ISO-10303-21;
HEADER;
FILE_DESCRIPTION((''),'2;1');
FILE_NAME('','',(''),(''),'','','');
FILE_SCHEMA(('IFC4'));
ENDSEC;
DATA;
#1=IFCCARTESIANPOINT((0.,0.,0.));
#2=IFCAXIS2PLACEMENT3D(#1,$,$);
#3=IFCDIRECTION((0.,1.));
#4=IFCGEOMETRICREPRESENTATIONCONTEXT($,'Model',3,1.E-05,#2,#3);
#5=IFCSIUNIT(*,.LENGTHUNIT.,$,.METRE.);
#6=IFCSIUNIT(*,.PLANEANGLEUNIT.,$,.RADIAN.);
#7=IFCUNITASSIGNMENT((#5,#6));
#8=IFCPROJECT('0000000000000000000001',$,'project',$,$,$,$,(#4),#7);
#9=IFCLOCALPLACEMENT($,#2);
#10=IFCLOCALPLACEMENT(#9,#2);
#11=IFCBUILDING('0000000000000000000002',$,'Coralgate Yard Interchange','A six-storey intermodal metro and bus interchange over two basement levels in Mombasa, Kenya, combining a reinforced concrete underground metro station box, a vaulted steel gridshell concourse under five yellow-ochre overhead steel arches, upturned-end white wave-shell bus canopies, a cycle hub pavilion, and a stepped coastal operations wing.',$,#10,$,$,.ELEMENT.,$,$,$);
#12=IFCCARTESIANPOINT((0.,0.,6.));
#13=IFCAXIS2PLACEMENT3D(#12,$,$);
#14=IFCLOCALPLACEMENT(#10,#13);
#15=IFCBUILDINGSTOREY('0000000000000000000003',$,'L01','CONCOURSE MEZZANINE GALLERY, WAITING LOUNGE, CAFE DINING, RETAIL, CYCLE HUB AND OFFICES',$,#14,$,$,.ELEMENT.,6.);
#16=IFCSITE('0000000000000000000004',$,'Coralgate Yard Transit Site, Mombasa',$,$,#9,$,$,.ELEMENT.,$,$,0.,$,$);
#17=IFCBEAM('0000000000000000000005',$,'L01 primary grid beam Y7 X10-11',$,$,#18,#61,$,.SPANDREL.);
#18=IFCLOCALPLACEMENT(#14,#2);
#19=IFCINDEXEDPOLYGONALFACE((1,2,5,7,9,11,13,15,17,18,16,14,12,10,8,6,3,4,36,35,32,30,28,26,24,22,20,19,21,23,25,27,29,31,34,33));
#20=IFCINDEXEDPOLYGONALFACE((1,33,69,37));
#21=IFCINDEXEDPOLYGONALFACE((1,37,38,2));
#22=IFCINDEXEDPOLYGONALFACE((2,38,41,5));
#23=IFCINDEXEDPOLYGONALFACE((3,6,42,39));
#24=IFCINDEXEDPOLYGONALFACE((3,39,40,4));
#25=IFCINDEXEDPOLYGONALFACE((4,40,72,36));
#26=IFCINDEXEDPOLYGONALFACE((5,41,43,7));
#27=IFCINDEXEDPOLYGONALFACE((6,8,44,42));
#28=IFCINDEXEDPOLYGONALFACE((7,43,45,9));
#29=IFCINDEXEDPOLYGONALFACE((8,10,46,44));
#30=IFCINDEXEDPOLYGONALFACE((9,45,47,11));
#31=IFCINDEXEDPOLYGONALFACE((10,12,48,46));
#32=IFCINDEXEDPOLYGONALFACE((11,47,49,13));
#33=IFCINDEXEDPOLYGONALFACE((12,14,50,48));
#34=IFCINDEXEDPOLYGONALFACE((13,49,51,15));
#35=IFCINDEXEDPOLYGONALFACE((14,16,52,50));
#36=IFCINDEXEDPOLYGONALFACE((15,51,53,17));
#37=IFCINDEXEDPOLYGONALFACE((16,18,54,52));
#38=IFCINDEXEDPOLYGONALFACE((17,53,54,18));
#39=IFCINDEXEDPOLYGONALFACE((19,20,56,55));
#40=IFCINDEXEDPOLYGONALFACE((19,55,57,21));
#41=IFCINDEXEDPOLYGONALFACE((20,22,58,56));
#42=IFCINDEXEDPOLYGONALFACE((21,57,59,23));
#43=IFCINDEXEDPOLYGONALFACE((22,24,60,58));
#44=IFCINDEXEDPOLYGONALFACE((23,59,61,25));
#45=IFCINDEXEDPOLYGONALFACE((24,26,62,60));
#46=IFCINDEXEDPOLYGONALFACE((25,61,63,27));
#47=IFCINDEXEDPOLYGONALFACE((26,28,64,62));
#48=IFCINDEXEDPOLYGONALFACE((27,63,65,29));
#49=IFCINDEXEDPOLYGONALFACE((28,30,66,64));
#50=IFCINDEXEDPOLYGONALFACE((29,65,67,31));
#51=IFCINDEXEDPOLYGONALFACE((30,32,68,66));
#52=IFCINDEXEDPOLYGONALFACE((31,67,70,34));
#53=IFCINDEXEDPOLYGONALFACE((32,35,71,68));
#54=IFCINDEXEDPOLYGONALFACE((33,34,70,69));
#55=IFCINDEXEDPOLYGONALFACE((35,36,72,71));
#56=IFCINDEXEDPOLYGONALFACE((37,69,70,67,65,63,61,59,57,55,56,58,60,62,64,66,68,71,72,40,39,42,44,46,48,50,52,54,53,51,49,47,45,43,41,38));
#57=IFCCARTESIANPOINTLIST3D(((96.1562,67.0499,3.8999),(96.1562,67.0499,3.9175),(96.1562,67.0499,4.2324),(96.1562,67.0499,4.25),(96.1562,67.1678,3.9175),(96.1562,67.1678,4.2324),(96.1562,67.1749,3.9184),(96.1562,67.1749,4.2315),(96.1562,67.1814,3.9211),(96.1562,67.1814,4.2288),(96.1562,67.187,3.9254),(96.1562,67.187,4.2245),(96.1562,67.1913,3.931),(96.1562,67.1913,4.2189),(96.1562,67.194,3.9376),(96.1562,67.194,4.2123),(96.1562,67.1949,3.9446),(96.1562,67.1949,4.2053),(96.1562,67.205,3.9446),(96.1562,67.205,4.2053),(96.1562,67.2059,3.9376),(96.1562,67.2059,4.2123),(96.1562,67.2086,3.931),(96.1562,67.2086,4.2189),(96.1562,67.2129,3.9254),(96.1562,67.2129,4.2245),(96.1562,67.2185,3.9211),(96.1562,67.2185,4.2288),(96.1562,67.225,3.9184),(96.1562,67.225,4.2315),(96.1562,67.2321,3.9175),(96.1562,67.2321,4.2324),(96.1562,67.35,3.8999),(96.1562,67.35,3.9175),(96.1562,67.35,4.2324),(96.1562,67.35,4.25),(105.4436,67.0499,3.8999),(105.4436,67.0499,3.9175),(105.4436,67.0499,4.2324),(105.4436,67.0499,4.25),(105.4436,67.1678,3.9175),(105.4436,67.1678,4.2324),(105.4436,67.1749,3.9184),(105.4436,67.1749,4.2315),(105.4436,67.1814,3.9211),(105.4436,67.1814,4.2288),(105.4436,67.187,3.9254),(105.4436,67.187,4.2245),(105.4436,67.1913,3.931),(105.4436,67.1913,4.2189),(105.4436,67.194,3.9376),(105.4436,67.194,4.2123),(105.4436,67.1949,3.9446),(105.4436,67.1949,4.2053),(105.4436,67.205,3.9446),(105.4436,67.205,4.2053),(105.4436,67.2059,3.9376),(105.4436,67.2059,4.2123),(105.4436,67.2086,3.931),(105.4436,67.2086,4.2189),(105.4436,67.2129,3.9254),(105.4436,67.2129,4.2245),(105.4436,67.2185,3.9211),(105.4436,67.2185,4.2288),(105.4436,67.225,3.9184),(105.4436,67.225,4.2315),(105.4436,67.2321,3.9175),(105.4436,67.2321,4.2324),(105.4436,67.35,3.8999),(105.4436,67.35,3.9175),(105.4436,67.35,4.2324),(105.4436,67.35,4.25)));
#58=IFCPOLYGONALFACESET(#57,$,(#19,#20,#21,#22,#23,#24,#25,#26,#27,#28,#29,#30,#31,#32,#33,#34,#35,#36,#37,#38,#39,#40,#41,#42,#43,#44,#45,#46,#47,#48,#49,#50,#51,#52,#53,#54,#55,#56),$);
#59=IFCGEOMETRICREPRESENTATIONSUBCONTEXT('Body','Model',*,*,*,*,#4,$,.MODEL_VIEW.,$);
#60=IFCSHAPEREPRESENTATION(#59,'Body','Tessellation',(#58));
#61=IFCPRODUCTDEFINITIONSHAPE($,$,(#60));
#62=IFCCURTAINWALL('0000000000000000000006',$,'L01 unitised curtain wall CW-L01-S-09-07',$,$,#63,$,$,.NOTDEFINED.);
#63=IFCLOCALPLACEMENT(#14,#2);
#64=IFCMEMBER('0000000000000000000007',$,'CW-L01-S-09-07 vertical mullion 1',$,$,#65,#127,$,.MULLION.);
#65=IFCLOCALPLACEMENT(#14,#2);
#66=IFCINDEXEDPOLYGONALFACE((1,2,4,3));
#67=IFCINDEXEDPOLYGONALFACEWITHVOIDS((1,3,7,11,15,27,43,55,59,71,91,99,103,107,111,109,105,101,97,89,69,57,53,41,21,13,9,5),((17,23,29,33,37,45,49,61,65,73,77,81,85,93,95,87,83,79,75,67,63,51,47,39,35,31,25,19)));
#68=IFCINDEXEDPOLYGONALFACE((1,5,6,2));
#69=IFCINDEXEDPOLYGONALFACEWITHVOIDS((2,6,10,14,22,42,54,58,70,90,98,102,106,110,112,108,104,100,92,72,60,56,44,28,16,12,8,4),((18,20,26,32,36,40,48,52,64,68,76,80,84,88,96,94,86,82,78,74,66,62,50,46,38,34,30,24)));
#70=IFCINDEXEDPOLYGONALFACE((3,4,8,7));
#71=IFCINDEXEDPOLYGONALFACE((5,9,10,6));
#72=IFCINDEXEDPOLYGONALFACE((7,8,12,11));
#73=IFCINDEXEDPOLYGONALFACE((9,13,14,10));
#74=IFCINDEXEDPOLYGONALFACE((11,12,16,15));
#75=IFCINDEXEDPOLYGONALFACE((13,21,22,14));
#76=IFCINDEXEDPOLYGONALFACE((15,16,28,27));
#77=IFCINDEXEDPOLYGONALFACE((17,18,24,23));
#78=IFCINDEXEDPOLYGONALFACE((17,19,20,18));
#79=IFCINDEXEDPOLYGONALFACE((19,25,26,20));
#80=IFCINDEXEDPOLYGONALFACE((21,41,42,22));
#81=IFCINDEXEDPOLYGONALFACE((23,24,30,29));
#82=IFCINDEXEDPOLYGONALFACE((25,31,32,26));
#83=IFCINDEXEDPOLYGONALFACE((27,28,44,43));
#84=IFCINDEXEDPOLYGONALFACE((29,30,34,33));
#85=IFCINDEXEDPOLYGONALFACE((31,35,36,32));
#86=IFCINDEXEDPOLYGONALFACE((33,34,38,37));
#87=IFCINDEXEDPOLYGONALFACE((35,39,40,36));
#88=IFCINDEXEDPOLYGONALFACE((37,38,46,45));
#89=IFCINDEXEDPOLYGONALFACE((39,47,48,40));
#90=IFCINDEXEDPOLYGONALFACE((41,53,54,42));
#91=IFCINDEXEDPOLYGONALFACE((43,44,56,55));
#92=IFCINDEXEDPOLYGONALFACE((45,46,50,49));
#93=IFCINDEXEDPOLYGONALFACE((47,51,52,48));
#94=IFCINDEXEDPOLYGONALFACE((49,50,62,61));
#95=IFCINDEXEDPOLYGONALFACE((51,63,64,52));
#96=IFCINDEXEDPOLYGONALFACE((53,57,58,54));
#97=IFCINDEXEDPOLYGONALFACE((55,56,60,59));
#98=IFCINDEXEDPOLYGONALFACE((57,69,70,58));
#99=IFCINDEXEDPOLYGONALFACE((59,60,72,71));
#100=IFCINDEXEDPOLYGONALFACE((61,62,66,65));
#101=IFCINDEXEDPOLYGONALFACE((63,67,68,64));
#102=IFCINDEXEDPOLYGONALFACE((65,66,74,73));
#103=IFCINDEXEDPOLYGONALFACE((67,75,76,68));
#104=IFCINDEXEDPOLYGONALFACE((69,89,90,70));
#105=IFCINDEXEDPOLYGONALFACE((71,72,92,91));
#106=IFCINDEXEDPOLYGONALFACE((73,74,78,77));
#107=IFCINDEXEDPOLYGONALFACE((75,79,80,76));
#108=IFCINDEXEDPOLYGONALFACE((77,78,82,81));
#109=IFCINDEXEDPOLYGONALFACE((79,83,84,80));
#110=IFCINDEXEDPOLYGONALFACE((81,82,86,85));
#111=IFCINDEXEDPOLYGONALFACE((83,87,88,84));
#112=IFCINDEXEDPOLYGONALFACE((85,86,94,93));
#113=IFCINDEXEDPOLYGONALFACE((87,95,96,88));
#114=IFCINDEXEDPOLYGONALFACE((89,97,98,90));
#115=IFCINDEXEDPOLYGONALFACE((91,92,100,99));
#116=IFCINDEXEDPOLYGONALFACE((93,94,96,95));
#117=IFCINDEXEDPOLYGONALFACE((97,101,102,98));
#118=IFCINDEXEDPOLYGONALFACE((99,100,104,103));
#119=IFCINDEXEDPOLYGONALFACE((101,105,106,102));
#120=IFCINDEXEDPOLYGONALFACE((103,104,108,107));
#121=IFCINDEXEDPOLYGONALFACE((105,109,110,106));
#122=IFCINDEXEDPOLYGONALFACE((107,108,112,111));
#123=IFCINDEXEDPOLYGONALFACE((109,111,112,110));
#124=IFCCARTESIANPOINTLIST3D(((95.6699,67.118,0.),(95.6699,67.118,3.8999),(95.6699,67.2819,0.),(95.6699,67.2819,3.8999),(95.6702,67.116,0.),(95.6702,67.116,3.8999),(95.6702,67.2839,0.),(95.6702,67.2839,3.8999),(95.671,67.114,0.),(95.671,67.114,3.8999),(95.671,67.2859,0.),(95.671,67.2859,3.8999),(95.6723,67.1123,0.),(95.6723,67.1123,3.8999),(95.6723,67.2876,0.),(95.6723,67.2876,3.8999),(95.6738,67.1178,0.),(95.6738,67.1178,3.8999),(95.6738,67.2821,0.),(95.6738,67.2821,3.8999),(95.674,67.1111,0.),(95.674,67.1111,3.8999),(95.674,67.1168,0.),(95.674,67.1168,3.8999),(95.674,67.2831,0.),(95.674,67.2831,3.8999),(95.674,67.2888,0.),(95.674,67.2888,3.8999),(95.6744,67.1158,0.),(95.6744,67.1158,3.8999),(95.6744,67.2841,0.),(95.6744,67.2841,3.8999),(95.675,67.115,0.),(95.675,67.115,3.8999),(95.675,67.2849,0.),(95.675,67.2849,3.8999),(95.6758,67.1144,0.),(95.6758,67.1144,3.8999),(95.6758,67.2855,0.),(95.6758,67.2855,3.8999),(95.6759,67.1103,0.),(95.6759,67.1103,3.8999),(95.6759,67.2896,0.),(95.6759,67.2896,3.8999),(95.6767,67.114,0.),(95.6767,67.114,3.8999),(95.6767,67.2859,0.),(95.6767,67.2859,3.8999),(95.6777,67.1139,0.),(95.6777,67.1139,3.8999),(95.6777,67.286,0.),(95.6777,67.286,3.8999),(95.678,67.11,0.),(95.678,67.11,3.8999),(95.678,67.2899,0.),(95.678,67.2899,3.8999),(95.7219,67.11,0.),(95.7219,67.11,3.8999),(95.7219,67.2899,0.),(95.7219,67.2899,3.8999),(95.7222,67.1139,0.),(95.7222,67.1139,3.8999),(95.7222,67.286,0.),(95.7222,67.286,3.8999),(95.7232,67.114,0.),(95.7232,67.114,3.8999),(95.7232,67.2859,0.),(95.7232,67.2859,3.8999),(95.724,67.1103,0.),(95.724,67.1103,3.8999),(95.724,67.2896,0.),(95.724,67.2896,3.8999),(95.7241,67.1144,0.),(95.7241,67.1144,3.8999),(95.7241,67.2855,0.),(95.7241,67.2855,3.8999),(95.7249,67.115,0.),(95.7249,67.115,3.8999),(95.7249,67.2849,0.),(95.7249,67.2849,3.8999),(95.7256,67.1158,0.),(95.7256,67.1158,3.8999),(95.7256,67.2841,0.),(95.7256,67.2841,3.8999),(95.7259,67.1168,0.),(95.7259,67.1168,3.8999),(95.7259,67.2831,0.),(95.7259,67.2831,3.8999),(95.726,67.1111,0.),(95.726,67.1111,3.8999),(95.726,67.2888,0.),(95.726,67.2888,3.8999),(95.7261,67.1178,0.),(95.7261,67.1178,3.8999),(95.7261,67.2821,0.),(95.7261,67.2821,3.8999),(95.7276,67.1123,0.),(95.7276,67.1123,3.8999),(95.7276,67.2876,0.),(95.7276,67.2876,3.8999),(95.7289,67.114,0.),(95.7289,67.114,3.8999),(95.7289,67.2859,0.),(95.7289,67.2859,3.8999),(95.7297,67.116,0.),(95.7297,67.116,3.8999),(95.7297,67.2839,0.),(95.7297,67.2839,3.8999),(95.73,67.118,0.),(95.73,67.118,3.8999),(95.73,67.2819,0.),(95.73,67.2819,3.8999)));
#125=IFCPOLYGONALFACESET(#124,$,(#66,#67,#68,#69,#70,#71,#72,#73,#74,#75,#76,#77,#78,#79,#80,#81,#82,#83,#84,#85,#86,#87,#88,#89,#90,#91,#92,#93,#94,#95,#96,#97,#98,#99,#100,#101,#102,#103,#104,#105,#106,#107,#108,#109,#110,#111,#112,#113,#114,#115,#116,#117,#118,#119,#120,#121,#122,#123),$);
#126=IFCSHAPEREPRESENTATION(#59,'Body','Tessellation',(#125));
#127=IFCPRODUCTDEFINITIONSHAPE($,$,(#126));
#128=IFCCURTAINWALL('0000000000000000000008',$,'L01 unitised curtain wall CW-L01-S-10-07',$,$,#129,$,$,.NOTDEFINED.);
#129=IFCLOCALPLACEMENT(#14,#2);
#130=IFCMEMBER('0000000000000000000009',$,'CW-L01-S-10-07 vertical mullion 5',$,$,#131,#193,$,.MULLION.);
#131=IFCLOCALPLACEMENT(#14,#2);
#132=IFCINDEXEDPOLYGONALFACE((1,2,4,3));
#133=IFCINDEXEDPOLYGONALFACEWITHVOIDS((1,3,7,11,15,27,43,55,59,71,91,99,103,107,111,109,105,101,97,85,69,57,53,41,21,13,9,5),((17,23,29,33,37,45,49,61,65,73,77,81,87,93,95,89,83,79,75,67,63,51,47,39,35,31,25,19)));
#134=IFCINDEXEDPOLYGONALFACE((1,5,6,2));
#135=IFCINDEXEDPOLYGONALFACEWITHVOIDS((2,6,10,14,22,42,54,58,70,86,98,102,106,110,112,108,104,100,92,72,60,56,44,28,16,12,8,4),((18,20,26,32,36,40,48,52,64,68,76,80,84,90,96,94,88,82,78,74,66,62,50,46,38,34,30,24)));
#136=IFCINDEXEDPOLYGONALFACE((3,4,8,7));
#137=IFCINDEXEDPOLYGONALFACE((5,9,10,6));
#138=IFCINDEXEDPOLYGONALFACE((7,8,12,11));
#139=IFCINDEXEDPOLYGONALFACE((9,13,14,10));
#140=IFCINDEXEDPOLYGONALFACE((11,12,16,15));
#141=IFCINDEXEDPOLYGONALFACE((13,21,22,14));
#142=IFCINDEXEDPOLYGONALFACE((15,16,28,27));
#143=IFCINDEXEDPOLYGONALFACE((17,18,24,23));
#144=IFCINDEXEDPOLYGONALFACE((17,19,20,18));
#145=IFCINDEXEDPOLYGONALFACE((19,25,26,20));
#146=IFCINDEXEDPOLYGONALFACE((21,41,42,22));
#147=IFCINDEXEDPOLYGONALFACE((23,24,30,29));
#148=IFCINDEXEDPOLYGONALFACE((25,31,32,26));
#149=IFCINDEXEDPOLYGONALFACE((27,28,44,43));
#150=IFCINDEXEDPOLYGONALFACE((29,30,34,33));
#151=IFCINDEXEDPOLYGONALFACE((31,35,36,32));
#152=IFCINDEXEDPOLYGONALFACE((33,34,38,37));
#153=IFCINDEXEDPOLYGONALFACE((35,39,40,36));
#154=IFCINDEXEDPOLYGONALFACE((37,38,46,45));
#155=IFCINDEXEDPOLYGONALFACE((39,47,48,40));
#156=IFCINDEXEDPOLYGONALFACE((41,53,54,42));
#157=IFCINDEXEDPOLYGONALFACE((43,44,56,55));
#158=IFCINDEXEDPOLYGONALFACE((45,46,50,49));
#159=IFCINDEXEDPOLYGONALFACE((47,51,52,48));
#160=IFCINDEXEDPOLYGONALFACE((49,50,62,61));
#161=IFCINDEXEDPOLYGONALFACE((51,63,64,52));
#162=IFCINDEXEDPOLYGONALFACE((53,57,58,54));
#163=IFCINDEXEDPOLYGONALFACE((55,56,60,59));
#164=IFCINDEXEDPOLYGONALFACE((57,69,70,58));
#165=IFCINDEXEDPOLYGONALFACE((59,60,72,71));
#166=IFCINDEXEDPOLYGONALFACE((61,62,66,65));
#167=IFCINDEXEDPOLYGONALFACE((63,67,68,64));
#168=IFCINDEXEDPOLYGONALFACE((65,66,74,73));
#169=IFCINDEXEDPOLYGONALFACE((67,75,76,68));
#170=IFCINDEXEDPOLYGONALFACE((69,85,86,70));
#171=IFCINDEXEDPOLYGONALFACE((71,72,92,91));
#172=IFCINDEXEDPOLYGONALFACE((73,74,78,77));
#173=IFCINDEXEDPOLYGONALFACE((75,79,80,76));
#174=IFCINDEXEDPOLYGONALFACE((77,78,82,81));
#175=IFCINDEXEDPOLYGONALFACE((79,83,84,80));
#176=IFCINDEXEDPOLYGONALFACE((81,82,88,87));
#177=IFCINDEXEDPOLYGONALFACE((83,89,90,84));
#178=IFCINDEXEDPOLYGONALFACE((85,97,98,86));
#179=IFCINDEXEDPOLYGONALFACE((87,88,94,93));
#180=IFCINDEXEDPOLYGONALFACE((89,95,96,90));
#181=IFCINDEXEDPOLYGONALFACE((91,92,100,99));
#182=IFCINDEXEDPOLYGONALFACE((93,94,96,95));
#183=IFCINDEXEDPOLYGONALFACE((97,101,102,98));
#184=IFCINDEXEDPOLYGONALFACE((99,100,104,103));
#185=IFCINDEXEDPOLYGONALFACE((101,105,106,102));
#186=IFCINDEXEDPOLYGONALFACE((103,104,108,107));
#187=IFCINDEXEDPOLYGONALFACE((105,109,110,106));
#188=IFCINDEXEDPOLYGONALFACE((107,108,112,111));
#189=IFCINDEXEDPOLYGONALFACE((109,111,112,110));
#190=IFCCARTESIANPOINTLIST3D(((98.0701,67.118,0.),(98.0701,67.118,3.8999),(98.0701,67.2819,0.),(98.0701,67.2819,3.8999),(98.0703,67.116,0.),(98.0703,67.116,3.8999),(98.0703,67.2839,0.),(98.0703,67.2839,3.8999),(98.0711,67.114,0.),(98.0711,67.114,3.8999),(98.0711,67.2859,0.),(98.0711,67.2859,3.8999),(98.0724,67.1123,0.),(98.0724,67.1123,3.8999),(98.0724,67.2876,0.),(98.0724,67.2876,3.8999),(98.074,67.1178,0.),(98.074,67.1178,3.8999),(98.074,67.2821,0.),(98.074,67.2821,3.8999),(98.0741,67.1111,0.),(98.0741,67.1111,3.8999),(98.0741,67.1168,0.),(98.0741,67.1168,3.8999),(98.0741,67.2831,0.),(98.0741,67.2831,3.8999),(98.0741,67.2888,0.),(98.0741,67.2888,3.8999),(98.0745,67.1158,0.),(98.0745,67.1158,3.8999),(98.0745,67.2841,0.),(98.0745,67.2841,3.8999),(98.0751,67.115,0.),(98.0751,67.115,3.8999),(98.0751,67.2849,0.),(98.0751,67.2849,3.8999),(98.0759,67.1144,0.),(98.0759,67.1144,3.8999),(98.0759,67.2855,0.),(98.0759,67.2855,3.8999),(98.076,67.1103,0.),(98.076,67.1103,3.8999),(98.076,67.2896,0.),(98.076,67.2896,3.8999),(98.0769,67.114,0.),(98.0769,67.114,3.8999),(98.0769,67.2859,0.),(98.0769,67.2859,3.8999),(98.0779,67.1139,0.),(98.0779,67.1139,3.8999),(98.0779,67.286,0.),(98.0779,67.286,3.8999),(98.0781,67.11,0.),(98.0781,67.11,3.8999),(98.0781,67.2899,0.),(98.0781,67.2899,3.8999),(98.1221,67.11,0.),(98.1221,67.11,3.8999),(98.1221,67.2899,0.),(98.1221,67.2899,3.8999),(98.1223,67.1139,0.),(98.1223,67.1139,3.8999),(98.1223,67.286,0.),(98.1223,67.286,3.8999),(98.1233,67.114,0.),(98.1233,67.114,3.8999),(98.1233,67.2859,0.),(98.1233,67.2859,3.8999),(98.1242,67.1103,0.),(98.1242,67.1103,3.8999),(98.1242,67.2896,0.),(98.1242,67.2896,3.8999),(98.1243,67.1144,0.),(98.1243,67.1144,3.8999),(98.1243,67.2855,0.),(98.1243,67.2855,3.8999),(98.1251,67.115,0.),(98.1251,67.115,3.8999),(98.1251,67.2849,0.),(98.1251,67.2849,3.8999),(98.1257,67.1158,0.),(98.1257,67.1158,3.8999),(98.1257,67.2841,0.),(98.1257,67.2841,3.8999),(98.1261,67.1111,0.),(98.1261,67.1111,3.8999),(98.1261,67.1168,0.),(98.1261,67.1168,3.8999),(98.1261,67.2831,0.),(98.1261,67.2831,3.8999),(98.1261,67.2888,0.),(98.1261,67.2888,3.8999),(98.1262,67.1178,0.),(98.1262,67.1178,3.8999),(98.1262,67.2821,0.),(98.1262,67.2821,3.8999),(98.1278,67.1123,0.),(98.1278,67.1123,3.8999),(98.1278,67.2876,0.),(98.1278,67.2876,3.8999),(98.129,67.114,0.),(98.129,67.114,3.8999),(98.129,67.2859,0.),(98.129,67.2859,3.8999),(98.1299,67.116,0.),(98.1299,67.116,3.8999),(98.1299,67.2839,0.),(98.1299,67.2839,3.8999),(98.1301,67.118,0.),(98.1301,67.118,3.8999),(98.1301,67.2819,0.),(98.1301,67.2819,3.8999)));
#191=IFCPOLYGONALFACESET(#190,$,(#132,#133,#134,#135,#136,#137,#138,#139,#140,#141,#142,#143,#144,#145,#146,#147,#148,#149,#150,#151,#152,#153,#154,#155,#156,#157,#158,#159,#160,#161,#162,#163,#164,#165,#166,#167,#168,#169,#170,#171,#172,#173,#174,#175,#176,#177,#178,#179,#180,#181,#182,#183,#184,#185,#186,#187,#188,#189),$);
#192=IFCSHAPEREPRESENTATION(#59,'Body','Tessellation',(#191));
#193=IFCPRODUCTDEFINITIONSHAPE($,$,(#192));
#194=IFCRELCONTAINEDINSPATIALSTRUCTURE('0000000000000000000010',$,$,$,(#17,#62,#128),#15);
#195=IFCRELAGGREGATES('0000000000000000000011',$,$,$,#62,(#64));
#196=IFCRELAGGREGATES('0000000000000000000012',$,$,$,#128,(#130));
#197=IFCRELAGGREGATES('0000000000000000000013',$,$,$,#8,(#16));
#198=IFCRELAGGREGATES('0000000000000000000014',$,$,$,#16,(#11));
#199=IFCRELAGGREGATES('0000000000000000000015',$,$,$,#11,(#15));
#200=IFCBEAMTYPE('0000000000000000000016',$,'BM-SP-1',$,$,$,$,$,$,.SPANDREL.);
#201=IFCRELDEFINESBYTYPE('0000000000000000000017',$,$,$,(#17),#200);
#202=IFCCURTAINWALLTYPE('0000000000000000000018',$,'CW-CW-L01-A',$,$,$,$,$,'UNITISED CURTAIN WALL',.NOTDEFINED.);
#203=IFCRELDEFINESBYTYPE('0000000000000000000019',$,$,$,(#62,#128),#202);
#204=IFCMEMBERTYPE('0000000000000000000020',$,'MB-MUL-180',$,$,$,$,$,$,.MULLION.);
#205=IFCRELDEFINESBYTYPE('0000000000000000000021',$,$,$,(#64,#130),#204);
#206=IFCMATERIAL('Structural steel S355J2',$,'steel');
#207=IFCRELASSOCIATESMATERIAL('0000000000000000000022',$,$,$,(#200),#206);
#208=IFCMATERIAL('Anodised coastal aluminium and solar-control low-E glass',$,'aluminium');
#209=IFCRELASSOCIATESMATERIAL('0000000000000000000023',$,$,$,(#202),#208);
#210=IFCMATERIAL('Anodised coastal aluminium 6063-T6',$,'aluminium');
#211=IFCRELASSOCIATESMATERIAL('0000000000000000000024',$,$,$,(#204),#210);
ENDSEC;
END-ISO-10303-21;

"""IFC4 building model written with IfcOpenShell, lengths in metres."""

from ifc_helpers import new_model, si_unit, direction, frame, origin, origin_2d, place, context, subcontext, project, spatial, hollow_rectangle, i_section, extrude, material, material_profile, profile_set, type_object, element, aggregate, save


model = new_model("IFC4")

# Units and contexts
model_context = context("Model", 3, precision=1e-05, world=origin(), true_north=direction((0.0, 1.0)))
body_context = subcontext(model_context, "Body", "Model", "MODEL_VIEW")
ifc_project = project(units=[si_unit("LENGTHUNIT", "METRE"), si_unit("PLANEANGLEUNIT", "RADIAN")], contexts=[model_context])

# Site, building, storey
site_placement = place(None, origin())
site = spatial("IfcSite", under=ifc_project, at=site_placement, Name="Coralgate Yard Transit Site, Mombasa", CompositionType="ELEMENT", RefElevation=0.0)
building_placement = place(site_placement, origin())
building = spatial("IfcBuilding", under=site, at=building_placement, Name="Coralgate Yard Interchange", Description="A six-storey intermodal metro and bus interchange over two basement levels in Mombasa, Kenya, combining a reinforced concrete underground metro station box, a vaulted steel gridshell concourse under five yellow-ochre overhead steel arches, upturned-end white wave-shell bus canopies, a cycle hub pavilion, and a stepped coastal operations wing.", CompositionType="ELEMENT")
storey_placement = place(building_placement, frame((0.0, 0.0, 6.0)))
storey = spatial("IfcBuildingStorey", under=building, at=storey_placement, Name="L01", Description="CONCOURSE MEZZANINE GALLERY, WAITING LOUNGE, CAFE DINING, RETAIL, CYCLE HUB AND OFFICES", CompositionType="ELEMENT", Elevation=6.0)

# Shared definitions
ifc_material_1 = material(Name="Structural steel S355J2", Category="steel")

# Beam
ifc_material_profile_1 = material_profile(ifc_material_1, i_section(OverallWidth=0.3, OverallDepth=0.3501, WebThickness=0.01, FlangeThickness=0.0176, FilletRadius=0.0271, at=origin_2d()), Name="HEA 360")
ifc_profile_set_1 = profile_set([ifc_material_profile_1], Name="Structural steel S355J2")
beam_type_1 = type_object("IfcBeamType", Name="BM-SP-1", PredefinedType="SPANDREL", material=ifc_profile_set_1)
beam_1_placement = place(storey_placement, frame((96.1562, 67.2, 4.075), z_axis=(1.0, 0.0, 0.0), x_axis=(0.0, 1.0, 0.0)))
element("IfcBeam", 1, at=beam_1_placement, inside=storey, type_object=beam_type_1, Name="L01 primary grid beam Y7 X10-11", PredefinedType="SPANDREL", context=body_context, shape_type="SweptSolid", body=[
    extrude(i_section(OverallWidth=0.3, OverallDepth=0.3501, WebThickness=0.01, FlangeThickness=0.0176, FilletRadius=0.0271, at=origin_2d()), origin(), (0.0, 0.0, 1.0), 9.2874),
])

# Curtain wall, member
ifc_material_2 = material(Name="Anodised coastal aluminium and solar-control low-E glass", Category="aluminium")
curtain_wall_type = type_object("IfcCurtainWallType", Name="CW-CW-L01-A", ElementType="UNITISED CURTAIN WALL", PredefinedType="NOTDEFINED", material=ifc_material_2)
curtain_wall_1_placement = place(storey_placement, origin())
curtain_wall_1 = element("IfcCurtainWall", 2, at=curtain_wall_1_placement, inside=storey, type_object=curtain_wall_type, Name="L01 unitised curtain wall CW-L01-S-09-07", PredefinedType="NOTDEFINED")
ifc_material_3 = material(Name="Anodised coastal aluminium 6063-T6", Category="aluminium")
ifc_material_profile_2 = material_profile(ifc_material_3, hollow_rectangle(XDim=0.0601, YDim=0.1799, WallThickness=0.0039, InnerFilletRadius=0.0039, OuterFilletRadius=0.0081, at=origin_2d()), Name="ALU 60x180x4")
ifc_profile_set_2 = profile_set([ifc_material_profile_2], Name="Anodised coastal aluminium 6063-T6")
member_type_1 = type_object("IfcMemberType", Name="MB-MUL-180", PredefinedType="MULLION", material=ifc_profile_set_2)
member_1_placement = place(storey_placement, frame((95.7, 67.2, 0.0), z_axis=(0.0, 0.0, 1.0), x_axis=(1.0, 0.0, 0.0)))
member_1 = element("IfcMember", 3, at=member_1_placement, type_object=member_type_1, Name="CW-L01-S-09-07 vertical mullion 1", PredefinedType="MULLION", context=body_context, shape_type="SweptSolid", body=[
    extrude(hollow_rectangle(XDim=0.0601, YDim=0.1799, WallThickness=0.0039, InnerFilletRadius=0.0039, OuterFilletRadius=0.0081, at=origin_2d()), origin(), (0.0, 0.0, 1.0), 3.8999),
])

# Curtain wall, member
curtain_wall_2_placement = place(storey_placement, origin())
curtain_wall_2 = element("IfcCurtainWall", 4, at=curtain_wall_2_placement, inside=storey, type_object=curtain_wall_type, Name="L01 unitised curtain wall CW-L01-S-10-07", PredefinedType="NOTDEFINED")
member_2_placement = place(storey_placement, frame((98.1001, 67.2, 0.0), z_axis=(0.0, 0.0, 1.0), x_axis=(1.0, 0.0, 0.0)))
member_2 = element("IfcMember", 5, at=member_2_placement, type_object=member_type_1, Name="CW-L01-S-10-07 vertical mullion 5", PredefinedType="MULLION", context=body_context, shape_type="SweptSolid", body=[
    extrude(hollow_rectangle(XDim=0.0601, YDim=0.1799, WallThickness=0.0039, InnerFilletRadius=0.0039, OuterFilletRadius=0.0081, at=origin_2d()), origin(), (0.0, 0.0, 1.0), 3.8999),
])

aggregate(curtain_wall_1, [member_1])

aggregate(curtain_wall_2, [member_2])

save(model, "model.ifc")
